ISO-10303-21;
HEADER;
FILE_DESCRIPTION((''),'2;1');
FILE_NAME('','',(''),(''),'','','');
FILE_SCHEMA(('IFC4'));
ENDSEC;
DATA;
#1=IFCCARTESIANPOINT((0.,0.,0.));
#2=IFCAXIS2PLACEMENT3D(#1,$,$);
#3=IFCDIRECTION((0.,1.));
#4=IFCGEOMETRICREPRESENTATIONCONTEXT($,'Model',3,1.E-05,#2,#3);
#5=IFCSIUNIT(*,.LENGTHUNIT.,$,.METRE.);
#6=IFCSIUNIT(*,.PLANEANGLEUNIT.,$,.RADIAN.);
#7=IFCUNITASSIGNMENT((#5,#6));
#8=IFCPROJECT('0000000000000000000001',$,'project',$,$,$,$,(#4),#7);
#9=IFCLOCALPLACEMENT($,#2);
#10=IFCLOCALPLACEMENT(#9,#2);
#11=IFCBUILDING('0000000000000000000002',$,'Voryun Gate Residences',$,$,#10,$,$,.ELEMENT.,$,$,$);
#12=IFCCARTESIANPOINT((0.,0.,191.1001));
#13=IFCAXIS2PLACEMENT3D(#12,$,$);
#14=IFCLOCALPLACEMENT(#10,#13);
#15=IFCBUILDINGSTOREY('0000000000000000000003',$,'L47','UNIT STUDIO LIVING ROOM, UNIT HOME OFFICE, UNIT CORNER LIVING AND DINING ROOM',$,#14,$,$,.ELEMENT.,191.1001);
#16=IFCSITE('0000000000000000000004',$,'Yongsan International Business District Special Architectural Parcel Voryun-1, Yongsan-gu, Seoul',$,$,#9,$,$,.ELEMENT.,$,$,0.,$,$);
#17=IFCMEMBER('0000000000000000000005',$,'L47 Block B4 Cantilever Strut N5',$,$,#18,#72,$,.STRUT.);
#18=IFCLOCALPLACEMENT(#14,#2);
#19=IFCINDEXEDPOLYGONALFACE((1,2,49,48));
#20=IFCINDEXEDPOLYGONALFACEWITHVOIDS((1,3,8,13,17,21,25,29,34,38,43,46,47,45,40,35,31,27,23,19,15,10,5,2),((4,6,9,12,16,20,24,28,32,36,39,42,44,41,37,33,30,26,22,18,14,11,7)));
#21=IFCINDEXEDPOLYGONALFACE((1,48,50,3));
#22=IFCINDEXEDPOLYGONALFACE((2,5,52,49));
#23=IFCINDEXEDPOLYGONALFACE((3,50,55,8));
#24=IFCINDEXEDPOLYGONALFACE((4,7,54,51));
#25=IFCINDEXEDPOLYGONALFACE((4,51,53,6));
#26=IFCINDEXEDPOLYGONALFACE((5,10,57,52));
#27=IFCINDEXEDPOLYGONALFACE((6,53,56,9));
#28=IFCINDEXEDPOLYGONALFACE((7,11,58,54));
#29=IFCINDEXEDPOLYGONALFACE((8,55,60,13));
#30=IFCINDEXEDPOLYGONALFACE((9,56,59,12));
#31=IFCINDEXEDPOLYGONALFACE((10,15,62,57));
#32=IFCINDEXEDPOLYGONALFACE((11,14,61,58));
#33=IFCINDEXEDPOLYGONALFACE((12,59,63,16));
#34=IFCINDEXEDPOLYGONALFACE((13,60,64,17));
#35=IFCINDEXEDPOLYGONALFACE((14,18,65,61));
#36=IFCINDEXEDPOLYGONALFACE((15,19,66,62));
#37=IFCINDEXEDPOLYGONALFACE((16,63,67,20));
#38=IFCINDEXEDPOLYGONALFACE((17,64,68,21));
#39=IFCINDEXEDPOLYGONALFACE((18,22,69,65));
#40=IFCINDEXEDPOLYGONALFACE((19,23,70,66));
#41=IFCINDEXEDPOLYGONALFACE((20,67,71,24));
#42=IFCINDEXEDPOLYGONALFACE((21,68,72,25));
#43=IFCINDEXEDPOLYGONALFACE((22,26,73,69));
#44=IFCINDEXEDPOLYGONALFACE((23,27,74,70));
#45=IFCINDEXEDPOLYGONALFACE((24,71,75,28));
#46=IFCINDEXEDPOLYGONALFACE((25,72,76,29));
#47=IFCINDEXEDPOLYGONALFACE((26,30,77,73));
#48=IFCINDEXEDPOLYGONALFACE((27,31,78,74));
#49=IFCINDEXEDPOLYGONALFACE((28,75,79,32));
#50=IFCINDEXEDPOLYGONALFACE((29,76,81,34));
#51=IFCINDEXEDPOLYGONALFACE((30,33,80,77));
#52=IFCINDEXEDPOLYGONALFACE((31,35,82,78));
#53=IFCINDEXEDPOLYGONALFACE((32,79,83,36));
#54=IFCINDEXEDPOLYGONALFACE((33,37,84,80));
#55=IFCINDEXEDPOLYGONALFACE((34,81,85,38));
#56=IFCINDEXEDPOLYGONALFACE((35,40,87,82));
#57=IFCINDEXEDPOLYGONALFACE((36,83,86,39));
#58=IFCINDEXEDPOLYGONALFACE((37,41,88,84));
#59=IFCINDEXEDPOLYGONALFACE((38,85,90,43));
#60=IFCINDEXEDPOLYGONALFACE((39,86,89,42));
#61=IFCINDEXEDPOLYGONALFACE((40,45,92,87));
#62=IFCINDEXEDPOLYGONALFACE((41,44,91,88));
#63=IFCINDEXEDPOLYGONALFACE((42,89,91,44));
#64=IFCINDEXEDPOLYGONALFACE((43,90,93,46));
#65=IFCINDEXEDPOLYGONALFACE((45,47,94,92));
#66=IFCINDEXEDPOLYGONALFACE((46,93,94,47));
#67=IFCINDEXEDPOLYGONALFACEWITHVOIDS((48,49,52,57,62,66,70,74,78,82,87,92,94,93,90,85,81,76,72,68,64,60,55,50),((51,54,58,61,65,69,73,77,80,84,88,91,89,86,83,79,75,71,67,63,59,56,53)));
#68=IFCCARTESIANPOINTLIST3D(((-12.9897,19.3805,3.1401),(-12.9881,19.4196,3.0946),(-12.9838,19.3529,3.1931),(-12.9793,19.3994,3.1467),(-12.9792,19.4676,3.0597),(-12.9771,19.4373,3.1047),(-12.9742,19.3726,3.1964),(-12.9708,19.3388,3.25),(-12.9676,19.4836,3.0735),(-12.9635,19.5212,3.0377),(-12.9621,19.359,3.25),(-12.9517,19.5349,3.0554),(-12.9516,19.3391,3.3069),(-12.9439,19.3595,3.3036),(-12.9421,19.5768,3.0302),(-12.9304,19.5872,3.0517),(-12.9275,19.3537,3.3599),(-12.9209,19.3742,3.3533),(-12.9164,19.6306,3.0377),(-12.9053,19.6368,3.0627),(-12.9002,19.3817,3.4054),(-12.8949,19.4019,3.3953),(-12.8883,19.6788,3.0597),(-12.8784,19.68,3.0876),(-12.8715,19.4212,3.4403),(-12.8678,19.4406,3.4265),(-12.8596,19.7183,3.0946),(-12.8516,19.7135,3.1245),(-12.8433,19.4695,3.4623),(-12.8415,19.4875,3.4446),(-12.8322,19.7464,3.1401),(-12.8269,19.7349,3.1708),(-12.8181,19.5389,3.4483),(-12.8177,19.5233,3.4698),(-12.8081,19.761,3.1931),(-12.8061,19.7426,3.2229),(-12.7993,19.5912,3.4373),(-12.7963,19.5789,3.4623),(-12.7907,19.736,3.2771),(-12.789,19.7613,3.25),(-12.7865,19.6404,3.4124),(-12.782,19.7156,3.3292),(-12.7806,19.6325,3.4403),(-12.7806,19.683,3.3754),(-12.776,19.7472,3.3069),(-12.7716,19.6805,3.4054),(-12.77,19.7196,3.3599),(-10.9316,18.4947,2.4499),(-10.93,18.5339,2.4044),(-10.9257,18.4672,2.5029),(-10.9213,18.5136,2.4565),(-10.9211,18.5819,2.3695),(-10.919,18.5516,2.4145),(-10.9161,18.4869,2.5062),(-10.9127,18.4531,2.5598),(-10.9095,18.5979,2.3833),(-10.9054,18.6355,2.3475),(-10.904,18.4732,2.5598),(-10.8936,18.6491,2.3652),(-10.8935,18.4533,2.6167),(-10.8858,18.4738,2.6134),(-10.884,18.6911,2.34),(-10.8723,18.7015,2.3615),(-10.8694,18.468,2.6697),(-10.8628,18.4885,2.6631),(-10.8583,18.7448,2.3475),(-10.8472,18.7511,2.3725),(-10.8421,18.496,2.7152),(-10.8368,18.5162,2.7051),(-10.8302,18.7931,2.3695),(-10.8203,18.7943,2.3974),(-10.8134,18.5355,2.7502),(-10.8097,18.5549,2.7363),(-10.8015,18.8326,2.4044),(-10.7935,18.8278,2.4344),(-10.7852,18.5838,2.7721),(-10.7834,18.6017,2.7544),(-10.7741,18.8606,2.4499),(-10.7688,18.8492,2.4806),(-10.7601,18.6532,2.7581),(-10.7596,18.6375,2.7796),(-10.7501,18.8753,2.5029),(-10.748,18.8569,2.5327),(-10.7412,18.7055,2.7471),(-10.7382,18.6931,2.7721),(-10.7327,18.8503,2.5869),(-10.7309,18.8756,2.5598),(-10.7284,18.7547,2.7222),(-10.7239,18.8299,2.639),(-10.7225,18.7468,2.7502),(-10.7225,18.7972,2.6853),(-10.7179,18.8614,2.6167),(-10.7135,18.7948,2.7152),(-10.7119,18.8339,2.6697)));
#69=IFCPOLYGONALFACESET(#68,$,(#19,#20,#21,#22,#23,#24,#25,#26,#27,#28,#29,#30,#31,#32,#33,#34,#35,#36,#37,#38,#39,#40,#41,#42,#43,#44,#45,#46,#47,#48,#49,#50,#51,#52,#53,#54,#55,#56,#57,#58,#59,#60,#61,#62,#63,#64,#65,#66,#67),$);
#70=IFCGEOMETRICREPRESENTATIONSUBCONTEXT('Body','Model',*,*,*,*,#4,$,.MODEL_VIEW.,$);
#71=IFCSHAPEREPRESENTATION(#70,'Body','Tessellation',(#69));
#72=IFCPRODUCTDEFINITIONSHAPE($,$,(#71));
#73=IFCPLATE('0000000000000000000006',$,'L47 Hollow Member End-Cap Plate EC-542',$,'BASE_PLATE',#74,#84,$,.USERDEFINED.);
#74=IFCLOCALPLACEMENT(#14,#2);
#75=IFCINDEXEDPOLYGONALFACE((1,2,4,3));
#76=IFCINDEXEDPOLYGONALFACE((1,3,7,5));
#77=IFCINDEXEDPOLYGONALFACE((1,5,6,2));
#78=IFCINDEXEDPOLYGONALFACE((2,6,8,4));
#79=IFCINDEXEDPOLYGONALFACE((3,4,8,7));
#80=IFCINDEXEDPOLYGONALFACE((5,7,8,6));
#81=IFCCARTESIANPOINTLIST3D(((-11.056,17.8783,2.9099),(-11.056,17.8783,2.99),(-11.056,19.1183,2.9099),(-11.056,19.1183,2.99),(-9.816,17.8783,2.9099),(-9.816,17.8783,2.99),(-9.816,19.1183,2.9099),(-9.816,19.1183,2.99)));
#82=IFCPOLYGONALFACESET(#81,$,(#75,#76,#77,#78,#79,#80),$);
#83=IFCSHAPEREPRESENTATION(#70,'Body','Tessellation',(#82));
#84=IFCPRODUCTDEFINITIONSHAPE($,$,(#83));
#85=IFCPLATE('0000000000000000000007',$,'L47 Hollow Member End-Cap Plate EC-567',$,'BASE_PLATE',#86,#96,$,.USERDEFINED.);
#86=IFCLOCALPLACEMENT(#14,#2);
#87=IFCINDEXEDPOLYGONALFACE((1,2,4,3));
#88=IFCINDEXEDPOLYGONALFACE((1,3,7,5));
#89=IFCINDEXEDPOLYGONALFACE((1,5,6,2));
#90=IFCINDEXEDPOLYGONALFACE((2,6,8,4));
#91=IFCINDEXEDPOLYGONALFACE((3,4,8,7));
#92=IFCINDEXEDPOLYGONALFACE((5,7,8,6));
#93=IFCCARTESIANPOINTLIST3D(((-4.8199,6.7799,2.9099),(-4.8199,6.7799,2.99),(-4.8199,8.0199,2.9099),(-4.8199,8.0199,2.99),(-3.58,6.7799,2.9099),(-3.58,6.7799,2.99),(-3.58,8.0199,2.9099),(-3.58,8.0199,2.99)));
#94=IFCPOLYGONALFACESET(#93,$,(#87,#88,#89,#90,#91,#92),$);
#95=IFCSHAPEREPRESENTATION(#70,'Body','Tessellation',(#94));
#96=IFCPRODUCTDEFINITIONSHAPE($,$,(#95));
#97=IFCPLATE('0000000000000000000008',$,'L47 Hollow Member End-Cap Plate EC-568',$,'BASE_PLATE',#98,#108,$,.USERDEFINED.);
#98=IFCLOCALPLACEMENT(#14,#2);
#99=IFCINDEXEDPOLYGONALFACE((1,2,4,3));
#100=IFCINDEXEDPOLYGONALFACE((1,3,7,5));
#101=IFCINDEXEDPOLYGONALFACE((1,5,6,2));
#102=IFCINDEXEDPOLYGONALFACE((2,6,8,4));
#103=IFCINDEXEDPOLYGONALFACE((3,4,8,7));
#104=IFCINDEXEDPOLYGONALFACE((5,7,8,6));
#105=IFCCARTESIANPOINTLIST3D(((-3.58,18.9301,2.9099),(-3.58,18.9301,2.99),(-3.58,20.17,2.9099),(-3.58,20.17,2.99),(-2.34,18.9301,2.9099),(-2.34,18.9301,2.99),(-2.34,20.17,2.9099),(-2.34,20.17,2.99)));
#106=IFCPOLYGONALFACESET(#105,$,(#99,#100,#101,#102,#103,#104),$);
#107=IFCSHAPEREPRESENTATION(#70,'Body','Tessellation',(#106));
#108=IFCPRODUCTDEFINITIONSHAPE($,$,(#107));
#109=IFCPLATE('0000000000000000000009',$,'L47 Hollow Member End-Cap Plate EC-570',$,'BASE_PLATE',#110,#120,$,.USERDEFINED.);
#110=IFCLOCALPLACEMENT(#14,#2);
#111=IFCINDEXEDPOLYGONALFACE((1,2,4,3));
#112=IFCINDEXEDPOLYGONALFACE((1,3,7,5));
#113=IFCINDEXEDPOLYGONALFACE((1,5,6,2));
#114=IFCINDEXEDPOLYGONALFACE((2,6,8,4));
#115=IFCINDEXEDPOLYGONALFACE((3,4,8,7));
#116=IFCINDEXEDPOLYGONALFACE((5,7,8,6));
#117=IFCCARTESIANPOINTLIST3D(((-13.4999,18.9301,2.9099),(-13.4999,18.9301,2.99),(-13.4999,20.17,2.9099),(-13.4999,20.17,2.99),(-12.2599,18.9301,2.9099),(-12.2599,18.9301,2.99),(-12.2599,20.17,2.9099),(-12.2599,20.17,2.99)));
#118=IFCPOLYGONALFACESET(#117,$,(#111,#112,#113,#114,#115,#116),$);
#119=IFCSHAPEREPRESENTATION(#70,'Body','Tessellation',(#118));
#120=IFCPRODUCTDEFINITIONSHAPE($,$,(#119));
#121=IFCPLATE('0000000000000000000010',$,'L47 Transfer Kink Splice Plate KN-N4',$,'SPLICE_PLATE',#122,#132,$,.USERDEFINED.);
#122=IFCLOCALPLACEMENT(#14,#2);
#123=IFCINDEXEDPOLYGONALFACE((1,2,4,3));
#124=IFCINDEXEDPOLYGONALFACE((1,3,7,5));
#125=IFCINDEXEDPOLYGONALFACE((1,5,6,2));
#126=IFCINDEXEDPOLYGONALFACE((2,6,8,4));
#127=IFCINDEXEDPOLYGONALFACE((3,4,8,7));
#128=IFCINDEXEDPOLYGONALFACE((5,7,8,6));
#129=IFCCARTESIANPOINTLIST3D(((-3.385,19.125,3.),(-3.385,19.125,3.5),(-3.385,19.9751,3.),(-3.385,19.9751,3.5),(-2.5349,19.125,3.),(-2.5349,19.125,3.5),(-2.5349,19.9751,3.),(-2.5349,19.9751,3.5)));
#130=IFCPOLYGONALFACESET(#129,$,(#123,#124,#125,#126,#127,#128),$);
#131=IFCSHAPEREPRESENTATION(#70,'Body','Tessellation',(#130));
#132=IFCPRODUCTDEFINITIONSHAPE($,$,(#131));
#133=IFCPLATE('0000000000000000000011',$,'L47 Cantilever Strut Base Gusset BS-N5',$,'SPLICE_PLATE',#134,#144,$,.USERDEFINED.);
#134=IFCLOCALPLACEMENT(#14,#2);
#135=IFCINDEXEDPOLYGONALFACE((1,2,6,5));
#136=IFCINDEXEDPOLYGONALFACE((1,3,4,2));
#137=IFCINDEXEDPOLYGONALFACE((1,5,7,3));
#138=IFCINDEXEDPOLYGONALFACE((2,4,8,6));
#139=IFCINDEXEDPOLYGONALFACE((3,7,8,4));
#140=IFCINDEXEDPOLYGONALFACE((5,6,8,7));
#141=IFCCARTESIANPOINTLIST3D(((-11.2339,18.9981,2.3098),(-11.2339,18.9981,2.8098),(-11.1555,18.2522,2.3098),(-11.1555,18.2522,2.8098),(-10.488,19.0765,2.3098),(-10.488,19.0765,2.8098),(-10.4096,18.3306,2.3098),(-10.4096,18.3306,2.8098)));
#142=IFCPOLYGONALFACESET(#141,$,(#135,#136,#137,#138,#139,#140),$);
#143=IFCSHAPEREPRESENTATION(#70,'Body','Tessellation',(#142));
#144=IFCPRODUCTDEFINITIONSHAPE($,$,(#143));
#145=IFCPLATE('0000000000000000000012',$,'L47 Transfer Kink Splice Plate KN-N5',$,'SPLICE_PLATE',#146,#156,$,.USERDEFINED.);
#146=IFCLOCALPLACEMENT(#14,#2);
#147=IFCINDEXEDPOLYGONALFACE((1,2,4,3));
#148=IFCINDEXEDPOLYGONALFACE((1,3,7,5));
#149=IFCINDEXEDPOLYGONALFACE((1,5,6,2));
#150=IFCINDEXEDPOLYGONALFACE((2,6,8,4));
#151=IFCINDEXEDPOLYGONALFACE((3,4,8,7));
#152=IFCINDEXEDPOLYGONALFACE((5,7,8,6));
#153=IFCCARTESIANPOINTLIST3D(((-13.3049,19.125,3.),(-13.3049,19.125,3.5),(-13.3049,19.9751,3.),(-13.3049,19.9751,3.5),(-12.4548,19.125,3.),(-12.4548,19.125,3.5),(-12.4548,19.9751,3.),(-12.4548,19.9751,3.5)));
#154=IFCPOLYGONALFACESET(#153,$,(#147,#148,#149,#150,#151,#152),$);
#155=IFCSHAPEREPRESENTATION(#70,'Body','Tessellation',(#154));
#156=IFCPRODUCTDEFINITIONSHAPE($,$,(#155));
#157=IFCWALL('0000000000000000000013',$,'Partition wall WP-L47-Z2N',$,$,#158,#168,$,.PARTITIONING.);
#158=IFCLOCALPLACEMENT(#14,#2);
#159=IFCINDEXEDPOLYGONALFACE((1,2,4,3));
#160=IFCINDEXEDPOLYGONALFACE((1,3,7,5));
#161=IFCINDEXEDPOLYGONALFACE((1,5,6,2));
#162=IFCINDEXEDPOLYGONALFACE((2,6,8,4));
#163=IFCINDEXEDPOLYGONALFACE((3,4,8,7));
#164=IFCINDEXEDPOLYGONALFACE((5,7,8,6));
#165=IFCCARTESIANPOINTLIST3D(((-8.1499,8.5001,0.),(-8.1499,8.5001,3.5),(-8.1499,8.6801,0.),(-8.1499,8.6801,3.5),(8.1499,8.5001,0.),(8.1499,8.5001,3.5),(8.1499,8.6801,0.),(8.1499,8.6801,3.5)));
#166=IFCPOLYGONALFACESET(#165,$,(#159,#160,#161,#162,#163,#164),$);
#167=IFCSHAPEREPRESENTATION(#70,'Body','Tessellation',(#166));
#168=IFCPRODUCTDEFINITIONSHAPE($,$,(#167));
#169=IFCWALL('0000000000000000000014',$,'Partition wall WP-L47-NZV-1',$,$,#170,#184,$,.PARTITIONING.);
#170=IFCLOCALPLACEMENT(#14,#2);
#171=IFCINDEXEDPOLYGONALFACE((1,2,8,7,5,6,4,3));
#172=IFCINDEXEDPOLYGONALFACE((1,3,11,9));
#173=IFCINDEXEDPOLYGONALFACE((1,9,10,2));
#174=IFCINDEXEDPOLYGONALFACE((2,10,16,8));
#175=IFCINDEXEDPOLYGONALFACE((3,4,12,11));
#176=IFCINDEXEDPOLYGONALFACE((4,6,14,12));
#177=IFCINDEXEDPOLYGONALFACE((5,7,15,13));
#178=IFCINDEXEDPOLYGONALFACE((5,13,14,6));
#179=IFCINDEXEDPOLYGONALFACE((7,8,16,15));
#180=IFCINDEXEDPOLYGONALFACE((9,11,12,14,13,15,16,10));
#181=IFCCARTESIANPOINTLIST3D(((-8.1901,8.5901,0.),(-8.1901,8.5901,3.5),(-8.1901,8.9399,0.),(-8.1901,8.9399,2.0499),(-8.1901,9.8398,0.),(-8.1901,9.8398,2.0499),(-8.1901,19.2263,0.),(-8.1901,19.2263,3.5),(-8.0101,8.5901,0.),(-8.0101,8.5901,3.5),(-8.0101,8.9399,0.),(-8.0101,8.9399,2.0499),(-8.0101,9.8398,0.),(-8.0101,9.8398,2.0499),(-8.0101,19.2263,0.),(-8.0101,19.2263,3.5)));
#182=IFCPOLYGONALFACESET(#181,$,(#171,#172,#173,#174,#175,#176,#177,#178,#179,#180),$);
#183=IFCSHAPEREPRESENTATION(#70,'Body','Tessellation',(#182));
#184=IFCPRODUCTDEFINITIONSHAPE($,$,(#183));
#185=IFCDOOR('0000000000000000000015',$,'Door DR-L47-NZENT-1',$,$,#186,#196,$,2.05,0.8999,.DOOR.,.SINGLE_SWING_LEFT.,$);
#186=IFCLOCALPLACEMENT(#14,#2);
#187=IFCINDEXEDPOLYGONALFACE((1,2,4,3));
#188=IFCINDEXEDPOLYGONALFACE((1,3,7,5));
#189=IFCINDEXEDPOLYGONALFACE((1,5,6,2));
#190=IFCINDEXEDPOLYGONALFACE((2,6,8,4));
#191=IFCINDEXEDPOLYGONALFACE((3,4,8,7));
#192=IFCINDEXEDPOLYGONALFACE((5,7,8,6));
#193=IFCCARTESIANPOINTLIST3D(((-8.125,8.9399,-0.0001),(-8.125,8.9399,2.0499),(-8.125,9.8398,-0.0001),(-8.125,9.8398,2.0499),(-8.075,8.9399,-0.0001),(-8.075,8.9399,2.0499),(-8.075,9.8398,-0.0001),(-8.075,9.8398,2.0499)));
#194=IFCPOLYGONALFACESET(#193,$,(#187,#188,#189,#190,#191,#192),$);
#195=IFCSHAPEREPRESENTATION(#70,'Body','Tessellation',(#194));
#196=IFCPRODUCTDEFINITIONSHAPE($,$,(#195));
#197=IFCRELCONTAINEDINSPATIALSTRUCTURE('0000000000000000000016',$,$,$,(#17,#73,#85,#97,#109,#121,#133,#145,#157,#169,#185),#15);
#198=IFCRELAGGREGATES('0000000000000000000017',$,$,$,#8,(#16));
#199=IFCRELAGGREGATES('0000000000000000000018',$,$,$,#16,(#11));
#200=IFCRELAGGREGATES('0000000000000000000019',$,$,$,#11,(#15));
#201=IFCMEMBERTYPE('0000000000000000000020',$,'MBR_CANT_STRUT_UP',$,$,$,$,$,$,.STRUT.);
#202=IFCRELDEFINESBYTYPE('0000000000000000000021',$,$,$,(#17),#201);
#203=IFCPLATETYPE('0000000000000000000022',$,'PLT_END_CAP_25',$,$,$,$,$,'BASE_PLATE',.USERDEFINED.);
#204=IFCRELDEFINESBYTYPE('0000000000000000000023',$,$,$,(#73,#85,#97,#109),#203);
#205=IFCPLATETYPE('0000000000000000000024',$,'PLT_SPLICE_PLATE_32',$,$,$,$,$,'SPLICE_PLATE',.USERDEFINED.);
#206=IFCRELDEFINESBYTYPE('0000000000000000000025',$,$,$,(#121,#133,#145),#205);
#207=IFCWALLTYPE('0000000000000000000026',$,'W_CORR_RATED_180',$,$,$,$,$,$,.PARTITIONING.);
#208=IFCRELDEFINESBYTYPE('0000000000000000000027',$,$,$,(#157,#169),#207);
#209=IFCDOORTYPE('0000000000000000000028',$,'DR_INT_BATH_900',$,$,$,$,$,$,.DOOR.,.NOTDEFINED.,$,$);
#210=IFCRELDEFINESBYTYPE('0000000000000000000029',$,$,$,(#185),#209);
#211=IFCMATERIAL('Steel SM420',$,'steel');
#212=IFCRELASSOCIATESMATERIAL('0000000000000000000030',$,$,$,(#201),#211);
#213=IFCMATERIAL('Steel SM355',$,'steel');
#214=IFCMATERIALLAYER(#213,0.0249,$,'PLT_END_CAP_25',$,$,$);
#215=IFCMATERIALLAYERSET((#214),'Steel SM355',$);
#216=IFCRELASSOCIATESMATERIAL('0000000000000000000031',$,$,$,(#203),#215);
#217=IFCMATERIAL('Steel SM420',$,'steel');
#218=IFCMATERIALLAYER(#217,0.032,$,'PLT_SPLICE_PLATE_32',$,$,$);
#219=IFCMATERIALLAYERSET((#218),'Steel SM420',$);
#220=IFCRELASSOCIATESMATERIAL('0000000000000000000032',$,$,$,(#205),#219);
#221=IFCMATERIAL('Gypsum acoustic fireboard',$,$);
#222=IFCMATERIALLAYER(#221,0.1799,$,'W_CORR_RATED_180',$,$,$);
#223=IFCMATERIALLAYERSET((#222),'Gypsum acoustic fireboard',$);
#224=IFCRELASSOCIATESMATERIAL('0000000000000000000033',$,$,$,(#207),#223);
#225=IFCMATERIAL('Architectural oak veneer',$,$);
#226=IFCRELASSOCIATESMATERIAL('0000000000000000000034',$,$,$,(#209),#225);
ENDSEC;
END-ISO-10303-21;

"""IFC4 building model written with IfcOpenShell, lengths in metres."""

from ifc_helpers import new_model, si_unit, direction, frame, frame_2d, origin, origin_2d, place, context, subcontext, project, spatial, rectangle, hollow_circle, extrude, material, layer, layer_set, material_profile, profile_set, type_object, element, fill, save


model = new_model("IFC4")

# Units and contexts
model_context = context("Model", 3, precision=1e-05, world=origin(), true_north=direction((0.0, 1.0)))
body_context = subcontext(model_context, "Body", "Model", "MODEL_VIEW")
ifc_project = project(units=[si_unit("LENGTHUNIT", "METRE"), si_unit("PLANEANGLEUNIT", "RADIAN")], contexts=[model_context])

# Site, building, storey
site_placement = place(None, origin())
site = spatial("IfcSite", under=ifc_project, at=site_placement, Name="Yongsan International Business District Special Architectural Parcel Voryun-1, Yongsan-gu, Seoul", CompositionType="ELEMENT", RefElevation=0.0)
building_placement = place(site_placement, origin())
building = spatial("IfcBuilding", under=site, at=building_placement, Name="Voryun Gate Residences", CompositionType="ELEMENT")
storey_placement = place(building_placement, frame((0.0, 0.0, 191.1001)))
storey = spatial("IfcBuildingStorey", under=building, at=storey_placement, Name="L47", Description="UNIT STUDIO LIVING ROOM, UNIT HOME OFFICE, UNIT CORNER LIVING AND DINING ROOM", CompositionType="ELEMENT", Elevation=191.1001)

# Member
ifc_material_1 = material(Name="Steel SM420", Category="steel")
ifc_material_profile_1 = material_profile(ifc_material_1, hollow_circle(Radius=0.23, WallThickness=0.022, at=origin_2d()), Name="CHS-460x22")
ifc_profile_set_1 = profile_set([ifc_material_profile_1], Name="Steel SM420")
member_type = type_object("IfcMemberType", Name="MBR_CANT_STRUT_UP", PredefinedType="STRUT", material=ifc_profile_set_1)
member_placement = place(storey_placement, frame((-10.8218, 18.6643, 2.5598), z_axis=(-0.877843, 0.377795, 0.294385), x_axis=(-0.395313, -0.918547, 0.0)))
element("IfcMember", 1, at=member_placement, inside=storey, type_object=member_type, Name="L47 Block B4 Cantilever Strut N5", PredefinedType="STRUT", context=body_context, shape_type="SweptSolid", body=[
    extrude(hollow_circle(Radius=0.23, WallThickness=0.022, at=origin_2d()), origin(), (0.0, 0.0, 1.0), 2.3445),
])

# Plates
ifc_material_2 = material(Name="Steel SM355", Category="steel")
ifc_layer_1 = layer(ifc_material_2, 0.0249, Name="PLT_END_CAP_25")
ifc_layer_set_1 = layer_set([ifc_layer_1], Name="Steel SM355")
plate_type_1 = type_object("IfcPlateType", Name="PLT_END_CAP_25", ElementType="BASE_PLATE", PredefinedType="USERDEFINED", material=ifc_layer_set_1)
for number, where, z_axis, x_axis, name in (
    (2, (-10.436, 18.4983, 2.9099), (0.0, 0.0, 1.0), (1.0, 0.0, 0.0), "L47 Hollow Member End-Cap Plate EC-542"),
    (3, (-4.2, 7.3999, 2.9099), (0.0, 0.0, 1.0), (1.0, 0.0, 0.0), "L47 Hollow Member End-Cap Plate EC-567"),
    (4, (-2.96, 19.55, 2.9099), (0.0, 0.0, 1.0), (1.0, 0.0, 0.0), "L47 Hollow Member End-Cap Plate EC-568"),
    (5, (-12.8799, 19.55, 2.9099), (0.0, 0.0, 1.0), (1.0, 0.0, 0.0), "L47 Hollow Member End-Cap Plate EC-570"),
):
    element("IfcPlate", number, at=place(storey_placement, frame(where, z_axis=z_axis, x_axis=x_axis)), inside=storey, type_object=plate_type_1, Name=name, ObjectType="BASE_PLATE", PredefinedType="USERDEFINED", context=body_context, shape_type="SweptSolid", body=[
        extrude(rectangle(XDim=1.24, YDim=1.24, at=origin_2d()), origin(), (0.0, 0.0, 1.0), 0.0801),
    ])
ifc_material_3 = material(Name="Steel SM420", Category="steel")
ifc_layer_2 = layer(ifc_material_3, 0.032, Name="PLT_SPLICE_PLATE_32")
ifc_layer_set_2 = layer_set([ifc_layer_2], Name="Steel SM420")
plate_type_2 = type_object("IfcPlateType", Name="PLT_SPLICE_PLATE_32", ElementType="SPLICE_PLATE", PredefinedType="USERDEFINED", material=ifc_layer_set_2)
plate_1_placement = place(storey_placement, frame((-2.96, 19.55, 3.0), z_axis=(0.0, 0.0, 1.0), x_axis=(1.0, 0.0, 0.0)))
element("IfcPlate", 6, at=plate_1_placement, inside=storey, type_object=plate_type_2, Name="L47 Transfer Kink Splice Plate KN-N4", ObjectType="SPLICE_PLATE", PredefinedType="USERDEFINED", context=body_context, shape_type="SweptSolid", body=[
    extrude(rectangle(XDim=0.8501, YDim=0.8501, at=origin_2d()), origin(), (0.0, 0.0, 1.0), 0.5),
])
plate_2_placement = place(storey_placement, frame((-10.8218, 18.6643, 2.3098), z_axis=(0.0, 0.0, 1.0), x_axis=(0.994522, 0.104528, 0.0)))
element("IfcPlate", 7, at=plate_2_placement, inside=storey, type_object=plate_type_2, Name="L47 Cantilever Strut Base Gusset BS-N5", ObjectType="SPLICE_PLATE", PredefinedType="USERDEFINED", context=body_context, shape_type="SweptSolid", body=[
    extrude(rectangle(XDim=0.75, YDim=0.75, at=origin_2d()), origin(), (0.0, 0.0, 1.0), 0.5),
])
plate_3_placement = place(storey_placement, frame((-12.8799, 19.55, 3.0), z_axis=(0.0, 0.0, 1.0), x_axis=(1.0, 0.0, 0.0)))
element("IfcPlate", 8, at=plate_3_placement, inside=storey, type_object=plate_type_2, Name="L47 Transfer Kink Splice Plate KN-N5", ObjectType="SPLICE_PLATE", PredefinedType="USERDEFINED", context=body_context, shape_type="SweptSolid", body=[
    extrude(rectangle(XDim=0.8501, YDim=0.8501, at=origin_2d()), origin(), (0.0, 0.0, 1.0), 0.5),
])

# Wall
ifc_material_4 = material(Name="Gypsum acoustic fireboard")
ifc_layer_3 = layer(ifc_material_4, 0.1799, Name="W_CORR_RATED_180")
ifc_layer_set_3 = layer_set([ifc_layer_3], Name="Gypsum acoustic fireboard")
wall_type_1 = type_object("IfcWallType", Name="W_CORR_RATED_180", PredefinedType="PARTITIONING", material=ifc_layer_set_3)
wall_1_placement = place(storey_placement, frame((-8.1499, 8.5901, 0.0), z_axis=(0.0, 0.0, 1.0), x_axis=(1.0, 0.0, 0.0)))
element("IfcWall", 9, at=wall_1_placement, inside=storey, type_object=wall_type_1, Name="Partition wall WP-L47-Z2N", PredefinedType="PARTITIONING", context=body_context, shape_type="SweptSolid", body=[
    extrude(rectangle(XDim=16.2998, YDim=0.1799, at=frame_2d((8.1499, 0.0))), origin(), (0.0, 0.0, 1.0), 3.5),
])

# Wall, opening, door
wall_2_placement = place(storey_placement, frame((-8.1001, 8.5901, 0.0), z_axis=(0.0, 0.0, 1.0), x_axis=(0.0, 1.0, 0.0)))
wall_2 = element("IfcWall", 10, at=wall_2_placement, inside=storey, type_object=wall_type_1, Name="Partition wall WP-L47-NZV-1", PredefinedType="PARTITIONING", context=body_context, shape_type="SweptSolid", body=[
    extrude(rectangle(XDim=10.6362, YDim=0.1799, at=frame_2d((5.3181, 0.0))), origin(), (0.0, 0.0, 1.0), 3.5),
])
opening_1_placement = place(wall_2_placement, frame((0.3499, 0.0, 0.0)))
opening_1 = element("IfcOpeningElement", 11, at=opening_1_placement, cuts=wall_2, PredefinedType="OPENING", context=body_context, shape_type="SweptSolid", body=[
    extrude(rectangle(XDim=0.8999, YDim=2.05, at=frame_2d((0.45, 1.0249))), frame((0.0, 0.0999, 0.0), z_axis=(0.0, -1.0, 0.0), x_axis=(1.0, 0.0, 0.0)), (0.0, 0.0, 1.0), 0.2),
])
ifc_material_5 = material(Name="Architectural oak veneer")
door_type = type_object("IfcDoorType", Name="DR_INT_BATH_900", OperationType="NOTDEFINED", PredefinedType="DOOR", material=ifc_material_5)
door_1_placement = place(opening_1_placement, origin())
door_1 = element("IfcDoor", 12, at=door_1_placement, inside=storey, type_object=door_type, Name="Door DR-L47-NZENT-1", OperationType="SINGLE_SWING_LEFT", OverallHeight=2.05, OverallWidth=0.8999, PredefinedType="DOOR", context=body_context, shape_type="SweptSolid", body=[
    extrude(rectangle(XDim=0.8999, YDim=2.05, at=frame_2d((0.45, 1.0249))), frame((0.0, 0.0249, 0.0), z_axis=(0.0, -1.0, 0.0), x_axis=(1.0, 0.0, 0.0)), (0.0, 0.0, 1.0), 0.05),
])
fill(opening_1, door_1)

save(model, "model.ifc")
